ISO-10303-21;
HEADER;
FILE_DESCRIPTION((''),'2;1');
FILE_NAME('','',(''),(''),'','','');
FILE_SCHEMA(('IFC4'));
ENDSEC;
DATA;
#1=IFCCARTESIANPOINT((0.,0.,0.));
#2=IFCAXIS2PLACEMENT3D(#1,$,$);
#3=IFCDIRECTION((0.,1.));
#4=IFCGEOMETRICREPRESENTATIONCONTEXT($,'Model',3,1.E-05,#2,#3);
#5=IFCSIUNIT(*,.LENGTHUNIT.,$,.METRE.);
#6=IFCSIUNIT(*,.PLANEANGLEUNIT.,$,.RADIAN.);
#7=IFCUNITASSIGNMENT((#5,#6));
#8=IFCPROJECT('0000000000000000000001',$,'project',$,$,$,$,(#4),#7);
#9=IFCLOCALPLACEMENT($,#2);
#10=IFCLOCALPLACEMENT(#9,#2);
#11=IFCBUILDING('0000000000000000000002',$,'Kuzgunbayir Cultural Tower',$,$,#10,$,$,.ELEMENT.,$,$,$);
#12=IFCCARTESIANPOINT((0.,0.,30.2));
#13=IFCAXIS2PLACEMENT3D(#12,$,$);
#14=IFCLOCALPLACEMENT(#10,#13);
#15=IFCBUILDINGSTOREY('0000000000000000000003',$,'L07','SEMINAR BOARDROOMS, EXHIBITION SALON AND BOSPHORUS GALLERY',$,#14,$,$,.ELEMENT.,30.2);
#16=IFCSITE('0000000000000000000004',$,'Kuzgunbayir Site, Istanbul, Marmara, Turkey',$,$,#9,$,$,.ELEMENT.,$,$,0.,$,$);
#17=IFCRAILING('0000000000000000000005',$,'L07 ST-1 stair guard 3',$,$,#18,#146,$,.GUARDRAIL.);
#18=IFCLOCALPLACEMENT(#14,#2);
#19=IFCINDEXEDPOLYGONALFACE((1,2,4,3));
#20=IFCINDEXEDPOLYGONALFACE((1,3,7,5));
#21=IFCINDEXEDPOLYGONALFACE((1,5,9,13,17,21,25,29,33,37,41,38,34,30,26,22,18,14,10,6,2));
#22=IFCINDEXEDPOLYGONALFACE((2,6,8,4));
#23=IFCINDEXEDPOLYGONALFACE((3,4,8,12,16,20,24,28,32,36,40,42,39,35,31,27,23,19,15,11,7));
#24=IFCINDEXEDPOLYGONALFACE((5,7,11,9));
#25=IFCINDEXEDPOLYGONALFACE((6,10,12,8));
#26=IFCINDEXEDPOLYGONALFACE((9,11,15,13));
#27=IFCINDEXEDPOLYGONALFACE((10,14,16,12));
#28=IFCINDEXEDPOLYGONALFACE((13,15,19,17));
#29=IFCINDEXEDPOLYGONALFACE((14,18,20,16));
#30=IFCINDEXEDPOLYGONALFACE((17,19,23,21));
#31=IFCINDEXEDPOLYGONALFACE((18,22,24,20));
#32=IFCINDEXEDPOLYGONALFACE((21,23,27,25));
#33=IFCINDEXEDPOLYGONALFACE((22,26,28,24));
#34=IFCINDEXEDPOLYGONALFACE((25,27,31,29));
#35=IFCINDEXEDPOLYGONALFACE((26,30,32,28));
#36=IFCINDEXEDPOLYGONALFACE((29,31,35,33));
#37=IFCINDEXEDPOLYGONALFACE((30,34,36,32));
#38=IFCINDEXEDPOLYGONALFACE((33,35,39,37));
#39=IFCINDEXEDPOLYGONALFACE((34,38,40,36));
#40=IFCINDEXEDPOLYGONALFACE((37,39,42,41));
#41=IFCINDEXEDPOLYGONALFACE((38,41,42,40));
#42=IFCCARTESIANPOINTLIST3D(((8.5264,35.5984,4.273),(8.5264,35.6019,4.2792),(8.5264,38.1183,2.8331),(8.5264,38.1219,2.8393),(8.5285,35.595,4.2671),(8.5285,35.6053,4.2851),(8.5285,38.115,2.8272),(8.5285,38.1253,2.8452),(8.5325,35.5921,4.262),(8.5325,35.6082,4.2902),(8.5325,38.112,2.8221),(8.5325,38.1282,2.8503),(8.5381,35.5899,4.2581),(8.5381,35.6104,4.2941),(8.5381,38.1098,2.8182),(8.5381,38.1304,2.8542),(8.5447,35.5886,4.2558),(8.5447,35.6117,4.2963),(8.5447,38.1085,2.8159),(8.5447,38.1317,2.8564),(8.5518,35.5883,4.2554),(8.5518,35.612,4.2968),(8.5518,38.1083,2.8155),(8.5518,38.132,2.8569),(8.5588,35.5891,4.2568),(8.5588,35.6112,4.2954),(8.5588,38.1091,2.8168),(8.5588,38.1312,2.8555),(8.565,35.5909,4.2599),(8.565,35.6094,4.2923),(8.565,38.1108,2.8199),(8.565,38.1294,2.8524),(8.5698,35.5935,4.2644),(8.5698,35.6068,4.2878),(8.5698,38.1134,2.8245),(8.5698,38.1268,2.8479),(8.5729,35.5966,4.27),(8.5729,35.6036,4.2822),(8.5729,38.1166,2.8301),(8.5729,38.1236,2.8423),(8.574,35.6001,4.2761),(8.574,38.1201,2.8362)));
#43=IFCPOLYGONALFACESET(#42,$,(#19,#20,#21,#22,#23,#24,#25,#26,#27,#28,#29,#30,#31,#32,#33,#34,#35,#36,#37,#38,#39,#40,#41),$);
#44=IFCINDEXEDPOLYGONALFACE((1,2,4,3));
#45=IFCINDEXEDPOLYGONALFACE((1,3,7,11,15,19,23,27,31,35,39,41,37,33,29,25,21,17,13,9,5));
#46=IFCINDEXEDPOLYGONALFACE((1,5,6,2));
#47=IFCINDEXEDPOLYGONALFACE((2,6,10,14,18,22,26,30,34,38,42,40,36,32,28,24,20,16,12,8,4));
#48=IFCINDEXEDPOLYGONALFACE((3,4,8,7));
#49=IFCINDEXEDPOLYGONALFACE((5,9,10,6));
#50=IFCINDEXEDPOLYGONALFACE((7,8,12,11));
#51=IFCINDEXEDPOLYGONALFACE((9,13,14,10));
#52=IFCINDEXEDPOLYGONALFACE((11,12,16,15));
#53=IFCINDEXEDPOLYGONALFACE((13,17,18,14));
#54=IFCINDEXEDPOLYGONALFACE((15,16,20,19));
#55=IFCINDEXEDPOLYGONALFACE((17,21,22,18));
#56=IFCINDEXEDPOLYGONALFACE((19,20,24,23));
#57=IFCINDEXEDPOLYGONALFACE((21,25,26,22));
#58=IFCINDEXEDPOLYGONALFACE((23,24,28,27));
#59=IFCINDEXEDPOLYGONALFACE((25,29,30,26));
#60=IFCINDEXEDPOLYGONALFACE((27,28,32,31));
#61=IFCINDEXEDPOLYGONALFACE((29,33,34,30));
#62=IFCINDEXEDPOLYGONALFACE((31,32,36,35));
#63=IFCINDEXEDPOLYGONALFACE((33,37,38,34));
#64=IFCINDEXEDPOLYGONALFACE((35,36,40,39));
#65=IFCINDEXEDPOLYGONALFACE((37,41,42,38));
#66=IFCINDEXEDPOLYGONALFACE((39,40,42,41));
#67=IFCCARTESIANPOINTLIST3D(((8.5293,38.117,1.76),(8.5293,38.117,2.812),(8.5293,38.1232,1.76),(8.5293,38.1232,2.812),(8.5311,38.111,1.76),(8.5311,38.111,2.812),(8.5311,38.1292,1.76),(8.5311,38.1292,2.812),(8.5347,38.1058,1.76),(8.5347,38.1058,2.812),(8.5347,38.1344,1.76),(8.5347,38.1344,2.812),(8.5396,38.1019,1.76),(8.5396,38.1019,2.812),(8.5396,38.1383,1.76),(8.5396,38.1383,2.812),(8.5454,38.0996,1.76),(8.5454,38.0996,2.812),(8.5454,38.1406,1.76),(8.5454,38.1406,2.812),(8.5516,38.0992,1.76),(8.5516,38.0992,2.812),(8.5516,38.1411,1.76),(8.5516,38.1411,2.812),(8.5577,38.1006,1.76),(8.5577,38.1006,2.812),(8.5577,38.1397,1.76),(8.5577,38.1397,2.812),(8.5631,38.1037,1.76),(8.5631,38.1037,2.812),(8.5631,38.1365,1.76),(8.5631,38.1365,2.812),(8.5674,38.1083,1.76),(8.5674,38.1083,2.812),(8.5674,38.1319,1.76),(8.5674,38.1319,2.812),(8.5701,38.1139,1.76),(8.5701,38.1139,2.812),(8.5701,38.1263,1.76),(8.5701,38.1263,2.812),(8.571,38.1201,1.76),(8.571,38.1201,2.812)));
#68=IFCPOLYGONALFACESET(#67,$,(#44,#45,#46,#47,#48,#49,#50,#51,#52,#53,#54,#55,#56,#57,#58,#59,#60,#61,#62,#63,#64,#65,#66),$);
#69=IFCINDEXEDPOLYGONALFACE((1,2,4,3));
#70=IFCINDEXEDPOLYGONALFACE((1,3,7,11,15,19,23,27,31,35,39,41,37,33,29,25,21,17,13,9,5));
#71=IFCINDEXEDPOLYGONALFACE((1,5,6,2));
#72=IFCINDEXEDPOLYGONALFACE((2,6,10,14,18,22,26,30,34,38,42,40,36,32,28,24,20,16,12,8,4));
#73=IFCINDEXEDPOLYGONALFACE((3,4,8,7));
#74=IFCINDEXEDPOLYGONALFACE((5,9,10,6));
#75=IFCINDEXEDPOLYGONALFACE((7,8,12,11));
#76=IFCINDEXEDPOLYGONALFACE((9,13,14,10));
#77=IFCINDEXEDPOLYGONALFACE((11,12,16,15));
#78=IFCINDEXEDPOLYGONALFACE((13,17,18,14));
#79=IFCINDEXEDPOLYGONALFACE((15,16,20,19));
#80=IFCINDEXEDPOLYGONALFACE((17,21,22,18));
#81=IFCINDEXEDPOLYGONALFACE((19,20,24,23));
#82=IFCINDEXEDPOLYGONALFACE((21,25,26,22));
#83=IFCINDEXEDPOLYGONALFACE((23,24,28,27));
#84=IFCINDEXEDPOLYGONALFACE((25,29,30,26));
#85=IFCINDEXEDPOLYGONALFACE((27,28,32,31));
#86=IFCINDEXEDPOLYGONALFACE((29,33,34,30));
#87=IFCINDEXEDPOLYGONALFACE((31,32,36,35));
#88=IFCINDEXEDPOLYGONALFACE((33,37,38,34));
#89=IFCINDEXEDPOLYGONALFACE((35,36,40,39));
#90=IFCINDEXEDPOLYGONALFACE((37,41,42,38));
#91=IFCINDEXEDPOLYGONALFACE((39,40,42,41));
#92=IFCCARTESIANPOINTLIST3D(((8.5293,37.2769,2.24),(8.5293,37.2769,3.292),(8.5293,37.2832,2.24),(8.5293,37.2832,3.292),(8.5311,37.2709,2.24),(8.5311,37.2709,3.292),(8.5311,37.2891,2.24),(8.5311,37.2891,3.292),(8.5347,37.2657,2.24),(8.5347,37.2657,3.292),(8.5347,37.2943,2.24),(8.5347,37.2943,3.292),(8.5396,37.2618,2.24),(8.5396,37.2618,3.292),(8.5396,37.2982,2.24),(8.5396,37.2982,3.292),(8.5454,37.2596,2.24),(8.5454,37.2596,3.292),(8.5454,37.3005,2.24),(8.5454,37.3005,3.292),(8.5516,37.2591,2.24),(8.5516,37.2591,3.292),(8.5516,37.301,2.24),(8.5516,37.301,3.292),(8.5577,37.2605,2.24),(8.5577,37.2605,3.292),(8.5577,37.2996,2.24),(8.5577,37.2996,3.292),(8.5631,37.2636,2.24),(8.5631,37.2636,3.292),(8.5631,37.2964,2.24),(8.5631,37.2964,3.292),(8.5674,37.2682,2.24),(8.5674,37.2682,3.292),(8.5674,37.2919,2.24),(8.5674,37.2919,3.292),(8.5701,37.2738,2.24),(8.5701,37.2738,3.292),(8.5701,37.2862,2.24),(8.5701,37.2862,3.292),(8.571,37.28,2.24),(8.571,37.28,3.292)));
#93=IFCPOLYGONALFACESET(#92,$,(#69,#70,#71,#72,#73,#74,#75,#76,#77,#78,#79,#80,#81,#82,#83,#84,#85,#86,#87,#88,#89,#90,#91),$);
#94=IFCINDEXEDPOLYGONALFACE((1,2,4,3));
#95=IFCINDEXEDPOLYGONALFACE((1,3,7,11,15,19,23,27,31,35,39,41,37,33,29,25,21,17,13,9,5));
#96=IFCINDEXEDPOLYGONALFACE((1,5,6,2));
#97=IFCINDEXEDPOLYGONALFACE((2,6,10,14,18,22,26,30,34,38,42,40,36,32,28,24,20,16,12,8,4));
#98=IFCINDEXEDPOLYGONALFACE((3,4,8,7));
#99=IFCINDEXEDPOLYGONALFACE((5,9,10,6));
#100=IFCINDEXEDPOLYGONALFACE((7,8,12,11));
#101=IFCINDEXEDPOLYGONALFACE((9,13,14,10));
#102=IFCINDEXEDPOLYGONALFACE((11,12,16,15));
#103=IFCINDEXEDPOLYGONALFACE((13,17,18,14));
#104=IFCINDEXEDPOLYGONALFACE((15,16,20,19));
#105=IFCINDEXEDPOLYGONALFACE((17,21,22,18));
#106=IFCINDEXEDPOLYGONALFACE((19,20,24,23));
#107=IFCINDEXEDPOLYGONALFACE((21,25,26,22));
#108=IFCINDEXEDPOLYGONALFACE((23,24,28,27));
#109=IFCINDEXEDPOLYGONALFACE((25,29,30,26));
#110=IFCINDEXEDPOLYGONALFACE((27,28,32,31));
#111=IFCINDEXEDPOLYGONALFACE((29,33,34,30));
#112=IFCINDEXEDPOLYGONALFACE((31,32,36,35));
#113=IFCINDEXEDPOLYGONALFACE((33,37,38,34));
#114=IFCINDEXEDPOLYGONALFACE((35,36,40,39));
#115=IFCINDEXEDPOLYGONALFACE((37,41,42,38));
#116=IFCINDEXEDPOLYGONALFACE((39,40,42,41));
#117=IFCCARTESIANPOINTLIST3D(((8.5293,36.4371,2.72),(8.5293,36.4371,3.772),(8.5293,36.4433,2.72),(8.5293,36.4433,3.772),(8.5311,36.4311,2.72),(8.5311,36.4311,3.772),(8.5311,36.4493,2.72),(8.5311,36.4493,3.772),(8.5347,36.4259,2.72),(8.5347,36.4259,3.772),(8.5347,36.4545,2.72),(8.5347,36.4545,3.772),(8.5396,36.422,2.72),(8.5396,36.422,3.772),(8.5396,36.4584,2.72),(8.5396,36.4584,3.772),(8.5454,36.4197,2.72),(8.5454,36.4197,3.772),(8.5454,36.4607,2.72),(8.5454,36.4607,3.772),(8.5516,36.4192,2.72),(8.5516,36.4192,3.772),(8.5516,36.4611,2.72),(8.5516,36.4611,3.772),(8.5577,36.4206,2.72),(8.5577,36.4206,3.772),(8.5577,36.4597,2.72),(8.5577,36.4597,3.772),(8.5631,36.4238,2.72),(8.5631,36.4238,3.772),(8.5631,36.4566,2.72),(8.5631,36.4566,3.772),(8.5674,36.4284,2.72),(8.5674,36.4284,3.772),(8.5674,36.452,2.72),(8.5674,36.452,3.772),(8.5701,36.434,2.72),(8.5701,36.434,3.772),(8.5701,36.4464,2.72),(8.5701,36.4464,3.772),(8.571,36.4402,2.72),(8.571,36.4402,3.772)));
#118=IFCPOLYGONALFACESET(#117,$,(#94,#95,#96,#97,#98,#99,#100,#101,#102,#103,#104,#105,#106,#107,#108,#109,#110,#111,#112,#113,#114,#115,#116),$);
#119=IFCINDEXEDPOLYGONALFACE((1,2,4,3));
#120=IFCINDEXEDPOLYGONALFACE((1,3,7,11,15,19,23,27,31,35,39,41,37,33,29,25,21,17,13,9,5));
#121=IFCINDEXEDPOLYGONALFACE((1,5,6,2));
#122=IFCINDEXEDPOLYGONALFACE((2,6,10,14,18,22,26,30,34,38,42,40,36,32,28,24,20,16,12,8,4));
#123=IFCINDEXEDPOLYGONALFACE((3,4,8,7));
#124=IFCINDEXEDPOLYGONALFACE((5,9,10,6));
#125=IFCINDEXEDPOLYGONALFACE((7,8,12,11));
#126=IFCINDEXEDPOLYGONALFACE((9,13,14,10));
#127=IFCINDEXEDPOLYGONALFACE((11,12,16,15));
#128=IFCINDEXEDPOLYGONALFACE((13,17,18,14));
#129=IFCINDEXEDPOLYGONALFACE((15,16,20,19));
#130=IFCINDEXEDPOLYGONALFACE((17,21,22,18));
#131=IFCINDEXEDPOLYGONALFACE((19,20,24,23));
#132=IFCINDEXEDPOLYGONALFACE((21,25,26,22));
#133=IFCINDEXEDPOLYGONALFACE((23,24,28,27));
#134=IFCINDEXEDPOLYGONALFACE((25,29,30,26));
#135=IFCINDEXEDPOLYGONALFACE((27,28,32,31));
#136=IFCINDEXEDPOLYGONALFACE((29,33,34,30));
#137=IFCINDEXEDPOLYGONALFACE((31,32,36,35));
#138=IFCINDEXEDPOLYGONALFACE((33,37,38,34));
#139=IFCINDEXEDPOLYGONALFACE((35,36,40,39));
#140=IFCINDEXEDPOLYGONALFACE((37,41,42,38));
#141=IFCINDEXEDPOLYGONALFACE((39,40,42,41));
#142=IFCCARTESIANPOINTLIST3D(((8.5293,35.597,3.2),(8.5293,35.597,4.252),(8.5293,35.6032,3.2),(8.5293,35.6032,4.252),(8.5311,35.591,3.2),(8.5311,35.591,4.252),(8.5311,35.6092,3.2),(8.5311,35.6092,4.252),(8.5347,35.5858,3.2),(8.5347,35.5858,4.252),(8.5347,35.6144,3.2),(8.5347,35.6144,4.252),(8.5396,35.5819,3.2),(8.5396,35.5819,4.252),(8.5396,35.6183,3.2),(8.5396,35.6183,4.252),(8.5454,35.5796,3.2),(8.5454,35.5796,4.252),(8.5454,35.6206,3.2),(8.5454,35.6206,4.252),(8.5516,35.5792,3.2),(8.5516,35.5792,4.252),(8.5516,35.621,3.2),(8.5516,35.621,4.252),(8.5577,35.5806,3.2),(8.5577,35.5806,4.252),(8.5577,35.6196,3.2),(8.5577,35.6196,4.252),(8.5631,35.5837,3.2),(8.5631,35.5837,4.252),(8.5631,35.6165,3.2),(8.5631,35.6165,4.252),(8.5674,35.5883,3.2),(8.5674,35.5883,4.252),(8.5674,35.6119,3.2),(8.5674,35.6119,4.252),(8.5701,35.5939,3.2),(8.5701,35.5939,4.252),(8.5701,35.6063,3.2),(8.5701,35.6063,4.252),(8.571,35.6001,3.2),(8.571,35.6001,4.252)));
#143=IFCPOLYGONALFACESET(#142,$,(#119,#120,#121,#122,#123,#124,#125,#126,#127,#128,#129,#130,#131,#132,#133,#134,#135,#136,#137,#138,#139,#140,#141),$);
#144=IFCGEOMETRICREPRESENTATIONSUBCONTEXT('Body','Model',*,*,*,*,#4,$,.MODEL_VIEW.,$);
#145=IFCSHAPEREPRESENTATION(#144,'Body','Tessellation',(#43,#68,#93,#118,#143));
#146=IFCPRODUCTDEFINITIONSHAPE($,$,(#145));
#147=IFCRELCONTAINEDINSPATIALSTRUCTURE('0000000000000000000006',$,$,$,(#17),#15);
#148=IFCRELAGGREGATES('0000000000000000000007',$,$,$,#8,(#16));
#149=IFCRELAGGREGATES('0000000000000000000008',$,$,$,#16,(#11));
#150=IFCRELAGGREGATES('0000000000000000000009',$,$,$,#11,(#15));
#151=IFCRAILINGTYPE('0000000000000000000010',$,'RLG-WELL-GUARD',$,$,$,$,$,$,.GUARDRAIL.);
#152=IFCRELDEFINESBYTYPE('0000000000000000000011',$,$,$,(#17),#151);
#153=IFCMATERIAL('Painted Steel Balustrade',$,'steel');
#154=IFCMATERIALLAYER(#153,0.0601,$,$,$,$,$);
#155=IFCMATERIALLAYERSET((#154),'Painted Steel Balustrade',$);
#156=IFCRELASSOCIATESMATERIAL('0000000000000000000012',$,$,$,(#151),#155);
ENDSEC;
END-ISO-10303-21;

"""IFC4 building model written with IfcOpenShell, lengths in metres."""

from ifc_helpers import new_model, si_unit, direction, frame, origin, origin_2d, place, context, subcontext, project, spatial, circle, extrude, material, layer, layer_set, type_object, element, save


model = new_model("IFC4")

# Units and contexts
model_context = context("Model", 3, precision=1e-05, world=origin(), true_north=direction((0.0, 1.0)))
body_context = subcontext(model_context, "Body", "Model", "MODEL_VIEW")
ifc_project = project(units=[si_unit("LENGTHUNIT", "METRE"), si_unit("PLANEANGLEUNIT", "RADIAN")], contexts=[model_context])

# Site, building, storey
site_placement = place(None, origin())
site = spatial("IfcSite", under=ifc_project, at=site_placement, Name="Kuzgunbayir Site, Istanbul, Marmara, Turkey", CompositionType="ELEMENT", RefElevation=0.0)
building_placement = place(site_placement, origin())
building = spatial("IfcBuilding", under=site, at=building_placement, Name="Kuzgunbayir Cultural Tower", CompositionType="ELEMENT")
storey_placement = place(building_placement, frame((0.0, 0.0, 30.2)))
storey = spatial("IfcBuildingStorey", under=building, at=storey_placement, Name="L07", Description="SEMINAR BOARDROOMS, EXHIBITION SALON AND BOSPHORUS GALLERY", CompositionType="ELEMENT", Elevation=30.2)

# Railing
ifc_material_1 = material(Name="Painted Steel Balustrade", Category="steel")
ifc_layer_1 = layer(ifc_material_1, 0.0601)
ifc_layer_set_1 = layer_set([ifc_layer_1], Name="Painted Steel Balustrade")
railing_type_1 = type_object("IfcRailingType", Name="RLG-WELL-GUARD", PredefinedType="GUARDRAIL", material=ifc_layer_set_1)
railing_1_placement = place(storey_placement, frame((8.55, 38.1201, 1.76)))
element("IfcRailing", 1, at=railing_1_placement, inside=storey, type_object=railing_type_1, Name="L07 ST-1 stair guard 3", PredefinedType="GUARDRAIL", context=body_context, shape_type="SweptSolid", body=[
    extrude(circle(Radius=0.0239, at=origin_2d()), frame((0.0, 0.0, 1.0762), z_axis=(0.0, -0.868253, 0.496121), x_axis=(1.0, 0.0, 0.0)), (0.0, 0.0, 1.0), 2.9023),
    extrude(circle(Radius=0.021, at=origin_2d()), origin(), (0.0, 0.0, 1.0), 1.052),
    extrude(circle(Radius=0.021, at=origin_2d()), frame((0.0, -0.8401, 0.48)), (0.0, 0.0, 1.0), 1.052),
    extrude(circle(Radius=0.021, at=origin_2d()), frame((0.0, -1.6799, 0.96)), (0.0, 0.0, 1.0), 1.052),
    extrude(circle(Radius=0.021, at=origin_2d()), frame((0.0, -2.52, 1.4399)), (0.0, 0.0, 1.0), 1.052),
])

save(model, "model.ifc")
